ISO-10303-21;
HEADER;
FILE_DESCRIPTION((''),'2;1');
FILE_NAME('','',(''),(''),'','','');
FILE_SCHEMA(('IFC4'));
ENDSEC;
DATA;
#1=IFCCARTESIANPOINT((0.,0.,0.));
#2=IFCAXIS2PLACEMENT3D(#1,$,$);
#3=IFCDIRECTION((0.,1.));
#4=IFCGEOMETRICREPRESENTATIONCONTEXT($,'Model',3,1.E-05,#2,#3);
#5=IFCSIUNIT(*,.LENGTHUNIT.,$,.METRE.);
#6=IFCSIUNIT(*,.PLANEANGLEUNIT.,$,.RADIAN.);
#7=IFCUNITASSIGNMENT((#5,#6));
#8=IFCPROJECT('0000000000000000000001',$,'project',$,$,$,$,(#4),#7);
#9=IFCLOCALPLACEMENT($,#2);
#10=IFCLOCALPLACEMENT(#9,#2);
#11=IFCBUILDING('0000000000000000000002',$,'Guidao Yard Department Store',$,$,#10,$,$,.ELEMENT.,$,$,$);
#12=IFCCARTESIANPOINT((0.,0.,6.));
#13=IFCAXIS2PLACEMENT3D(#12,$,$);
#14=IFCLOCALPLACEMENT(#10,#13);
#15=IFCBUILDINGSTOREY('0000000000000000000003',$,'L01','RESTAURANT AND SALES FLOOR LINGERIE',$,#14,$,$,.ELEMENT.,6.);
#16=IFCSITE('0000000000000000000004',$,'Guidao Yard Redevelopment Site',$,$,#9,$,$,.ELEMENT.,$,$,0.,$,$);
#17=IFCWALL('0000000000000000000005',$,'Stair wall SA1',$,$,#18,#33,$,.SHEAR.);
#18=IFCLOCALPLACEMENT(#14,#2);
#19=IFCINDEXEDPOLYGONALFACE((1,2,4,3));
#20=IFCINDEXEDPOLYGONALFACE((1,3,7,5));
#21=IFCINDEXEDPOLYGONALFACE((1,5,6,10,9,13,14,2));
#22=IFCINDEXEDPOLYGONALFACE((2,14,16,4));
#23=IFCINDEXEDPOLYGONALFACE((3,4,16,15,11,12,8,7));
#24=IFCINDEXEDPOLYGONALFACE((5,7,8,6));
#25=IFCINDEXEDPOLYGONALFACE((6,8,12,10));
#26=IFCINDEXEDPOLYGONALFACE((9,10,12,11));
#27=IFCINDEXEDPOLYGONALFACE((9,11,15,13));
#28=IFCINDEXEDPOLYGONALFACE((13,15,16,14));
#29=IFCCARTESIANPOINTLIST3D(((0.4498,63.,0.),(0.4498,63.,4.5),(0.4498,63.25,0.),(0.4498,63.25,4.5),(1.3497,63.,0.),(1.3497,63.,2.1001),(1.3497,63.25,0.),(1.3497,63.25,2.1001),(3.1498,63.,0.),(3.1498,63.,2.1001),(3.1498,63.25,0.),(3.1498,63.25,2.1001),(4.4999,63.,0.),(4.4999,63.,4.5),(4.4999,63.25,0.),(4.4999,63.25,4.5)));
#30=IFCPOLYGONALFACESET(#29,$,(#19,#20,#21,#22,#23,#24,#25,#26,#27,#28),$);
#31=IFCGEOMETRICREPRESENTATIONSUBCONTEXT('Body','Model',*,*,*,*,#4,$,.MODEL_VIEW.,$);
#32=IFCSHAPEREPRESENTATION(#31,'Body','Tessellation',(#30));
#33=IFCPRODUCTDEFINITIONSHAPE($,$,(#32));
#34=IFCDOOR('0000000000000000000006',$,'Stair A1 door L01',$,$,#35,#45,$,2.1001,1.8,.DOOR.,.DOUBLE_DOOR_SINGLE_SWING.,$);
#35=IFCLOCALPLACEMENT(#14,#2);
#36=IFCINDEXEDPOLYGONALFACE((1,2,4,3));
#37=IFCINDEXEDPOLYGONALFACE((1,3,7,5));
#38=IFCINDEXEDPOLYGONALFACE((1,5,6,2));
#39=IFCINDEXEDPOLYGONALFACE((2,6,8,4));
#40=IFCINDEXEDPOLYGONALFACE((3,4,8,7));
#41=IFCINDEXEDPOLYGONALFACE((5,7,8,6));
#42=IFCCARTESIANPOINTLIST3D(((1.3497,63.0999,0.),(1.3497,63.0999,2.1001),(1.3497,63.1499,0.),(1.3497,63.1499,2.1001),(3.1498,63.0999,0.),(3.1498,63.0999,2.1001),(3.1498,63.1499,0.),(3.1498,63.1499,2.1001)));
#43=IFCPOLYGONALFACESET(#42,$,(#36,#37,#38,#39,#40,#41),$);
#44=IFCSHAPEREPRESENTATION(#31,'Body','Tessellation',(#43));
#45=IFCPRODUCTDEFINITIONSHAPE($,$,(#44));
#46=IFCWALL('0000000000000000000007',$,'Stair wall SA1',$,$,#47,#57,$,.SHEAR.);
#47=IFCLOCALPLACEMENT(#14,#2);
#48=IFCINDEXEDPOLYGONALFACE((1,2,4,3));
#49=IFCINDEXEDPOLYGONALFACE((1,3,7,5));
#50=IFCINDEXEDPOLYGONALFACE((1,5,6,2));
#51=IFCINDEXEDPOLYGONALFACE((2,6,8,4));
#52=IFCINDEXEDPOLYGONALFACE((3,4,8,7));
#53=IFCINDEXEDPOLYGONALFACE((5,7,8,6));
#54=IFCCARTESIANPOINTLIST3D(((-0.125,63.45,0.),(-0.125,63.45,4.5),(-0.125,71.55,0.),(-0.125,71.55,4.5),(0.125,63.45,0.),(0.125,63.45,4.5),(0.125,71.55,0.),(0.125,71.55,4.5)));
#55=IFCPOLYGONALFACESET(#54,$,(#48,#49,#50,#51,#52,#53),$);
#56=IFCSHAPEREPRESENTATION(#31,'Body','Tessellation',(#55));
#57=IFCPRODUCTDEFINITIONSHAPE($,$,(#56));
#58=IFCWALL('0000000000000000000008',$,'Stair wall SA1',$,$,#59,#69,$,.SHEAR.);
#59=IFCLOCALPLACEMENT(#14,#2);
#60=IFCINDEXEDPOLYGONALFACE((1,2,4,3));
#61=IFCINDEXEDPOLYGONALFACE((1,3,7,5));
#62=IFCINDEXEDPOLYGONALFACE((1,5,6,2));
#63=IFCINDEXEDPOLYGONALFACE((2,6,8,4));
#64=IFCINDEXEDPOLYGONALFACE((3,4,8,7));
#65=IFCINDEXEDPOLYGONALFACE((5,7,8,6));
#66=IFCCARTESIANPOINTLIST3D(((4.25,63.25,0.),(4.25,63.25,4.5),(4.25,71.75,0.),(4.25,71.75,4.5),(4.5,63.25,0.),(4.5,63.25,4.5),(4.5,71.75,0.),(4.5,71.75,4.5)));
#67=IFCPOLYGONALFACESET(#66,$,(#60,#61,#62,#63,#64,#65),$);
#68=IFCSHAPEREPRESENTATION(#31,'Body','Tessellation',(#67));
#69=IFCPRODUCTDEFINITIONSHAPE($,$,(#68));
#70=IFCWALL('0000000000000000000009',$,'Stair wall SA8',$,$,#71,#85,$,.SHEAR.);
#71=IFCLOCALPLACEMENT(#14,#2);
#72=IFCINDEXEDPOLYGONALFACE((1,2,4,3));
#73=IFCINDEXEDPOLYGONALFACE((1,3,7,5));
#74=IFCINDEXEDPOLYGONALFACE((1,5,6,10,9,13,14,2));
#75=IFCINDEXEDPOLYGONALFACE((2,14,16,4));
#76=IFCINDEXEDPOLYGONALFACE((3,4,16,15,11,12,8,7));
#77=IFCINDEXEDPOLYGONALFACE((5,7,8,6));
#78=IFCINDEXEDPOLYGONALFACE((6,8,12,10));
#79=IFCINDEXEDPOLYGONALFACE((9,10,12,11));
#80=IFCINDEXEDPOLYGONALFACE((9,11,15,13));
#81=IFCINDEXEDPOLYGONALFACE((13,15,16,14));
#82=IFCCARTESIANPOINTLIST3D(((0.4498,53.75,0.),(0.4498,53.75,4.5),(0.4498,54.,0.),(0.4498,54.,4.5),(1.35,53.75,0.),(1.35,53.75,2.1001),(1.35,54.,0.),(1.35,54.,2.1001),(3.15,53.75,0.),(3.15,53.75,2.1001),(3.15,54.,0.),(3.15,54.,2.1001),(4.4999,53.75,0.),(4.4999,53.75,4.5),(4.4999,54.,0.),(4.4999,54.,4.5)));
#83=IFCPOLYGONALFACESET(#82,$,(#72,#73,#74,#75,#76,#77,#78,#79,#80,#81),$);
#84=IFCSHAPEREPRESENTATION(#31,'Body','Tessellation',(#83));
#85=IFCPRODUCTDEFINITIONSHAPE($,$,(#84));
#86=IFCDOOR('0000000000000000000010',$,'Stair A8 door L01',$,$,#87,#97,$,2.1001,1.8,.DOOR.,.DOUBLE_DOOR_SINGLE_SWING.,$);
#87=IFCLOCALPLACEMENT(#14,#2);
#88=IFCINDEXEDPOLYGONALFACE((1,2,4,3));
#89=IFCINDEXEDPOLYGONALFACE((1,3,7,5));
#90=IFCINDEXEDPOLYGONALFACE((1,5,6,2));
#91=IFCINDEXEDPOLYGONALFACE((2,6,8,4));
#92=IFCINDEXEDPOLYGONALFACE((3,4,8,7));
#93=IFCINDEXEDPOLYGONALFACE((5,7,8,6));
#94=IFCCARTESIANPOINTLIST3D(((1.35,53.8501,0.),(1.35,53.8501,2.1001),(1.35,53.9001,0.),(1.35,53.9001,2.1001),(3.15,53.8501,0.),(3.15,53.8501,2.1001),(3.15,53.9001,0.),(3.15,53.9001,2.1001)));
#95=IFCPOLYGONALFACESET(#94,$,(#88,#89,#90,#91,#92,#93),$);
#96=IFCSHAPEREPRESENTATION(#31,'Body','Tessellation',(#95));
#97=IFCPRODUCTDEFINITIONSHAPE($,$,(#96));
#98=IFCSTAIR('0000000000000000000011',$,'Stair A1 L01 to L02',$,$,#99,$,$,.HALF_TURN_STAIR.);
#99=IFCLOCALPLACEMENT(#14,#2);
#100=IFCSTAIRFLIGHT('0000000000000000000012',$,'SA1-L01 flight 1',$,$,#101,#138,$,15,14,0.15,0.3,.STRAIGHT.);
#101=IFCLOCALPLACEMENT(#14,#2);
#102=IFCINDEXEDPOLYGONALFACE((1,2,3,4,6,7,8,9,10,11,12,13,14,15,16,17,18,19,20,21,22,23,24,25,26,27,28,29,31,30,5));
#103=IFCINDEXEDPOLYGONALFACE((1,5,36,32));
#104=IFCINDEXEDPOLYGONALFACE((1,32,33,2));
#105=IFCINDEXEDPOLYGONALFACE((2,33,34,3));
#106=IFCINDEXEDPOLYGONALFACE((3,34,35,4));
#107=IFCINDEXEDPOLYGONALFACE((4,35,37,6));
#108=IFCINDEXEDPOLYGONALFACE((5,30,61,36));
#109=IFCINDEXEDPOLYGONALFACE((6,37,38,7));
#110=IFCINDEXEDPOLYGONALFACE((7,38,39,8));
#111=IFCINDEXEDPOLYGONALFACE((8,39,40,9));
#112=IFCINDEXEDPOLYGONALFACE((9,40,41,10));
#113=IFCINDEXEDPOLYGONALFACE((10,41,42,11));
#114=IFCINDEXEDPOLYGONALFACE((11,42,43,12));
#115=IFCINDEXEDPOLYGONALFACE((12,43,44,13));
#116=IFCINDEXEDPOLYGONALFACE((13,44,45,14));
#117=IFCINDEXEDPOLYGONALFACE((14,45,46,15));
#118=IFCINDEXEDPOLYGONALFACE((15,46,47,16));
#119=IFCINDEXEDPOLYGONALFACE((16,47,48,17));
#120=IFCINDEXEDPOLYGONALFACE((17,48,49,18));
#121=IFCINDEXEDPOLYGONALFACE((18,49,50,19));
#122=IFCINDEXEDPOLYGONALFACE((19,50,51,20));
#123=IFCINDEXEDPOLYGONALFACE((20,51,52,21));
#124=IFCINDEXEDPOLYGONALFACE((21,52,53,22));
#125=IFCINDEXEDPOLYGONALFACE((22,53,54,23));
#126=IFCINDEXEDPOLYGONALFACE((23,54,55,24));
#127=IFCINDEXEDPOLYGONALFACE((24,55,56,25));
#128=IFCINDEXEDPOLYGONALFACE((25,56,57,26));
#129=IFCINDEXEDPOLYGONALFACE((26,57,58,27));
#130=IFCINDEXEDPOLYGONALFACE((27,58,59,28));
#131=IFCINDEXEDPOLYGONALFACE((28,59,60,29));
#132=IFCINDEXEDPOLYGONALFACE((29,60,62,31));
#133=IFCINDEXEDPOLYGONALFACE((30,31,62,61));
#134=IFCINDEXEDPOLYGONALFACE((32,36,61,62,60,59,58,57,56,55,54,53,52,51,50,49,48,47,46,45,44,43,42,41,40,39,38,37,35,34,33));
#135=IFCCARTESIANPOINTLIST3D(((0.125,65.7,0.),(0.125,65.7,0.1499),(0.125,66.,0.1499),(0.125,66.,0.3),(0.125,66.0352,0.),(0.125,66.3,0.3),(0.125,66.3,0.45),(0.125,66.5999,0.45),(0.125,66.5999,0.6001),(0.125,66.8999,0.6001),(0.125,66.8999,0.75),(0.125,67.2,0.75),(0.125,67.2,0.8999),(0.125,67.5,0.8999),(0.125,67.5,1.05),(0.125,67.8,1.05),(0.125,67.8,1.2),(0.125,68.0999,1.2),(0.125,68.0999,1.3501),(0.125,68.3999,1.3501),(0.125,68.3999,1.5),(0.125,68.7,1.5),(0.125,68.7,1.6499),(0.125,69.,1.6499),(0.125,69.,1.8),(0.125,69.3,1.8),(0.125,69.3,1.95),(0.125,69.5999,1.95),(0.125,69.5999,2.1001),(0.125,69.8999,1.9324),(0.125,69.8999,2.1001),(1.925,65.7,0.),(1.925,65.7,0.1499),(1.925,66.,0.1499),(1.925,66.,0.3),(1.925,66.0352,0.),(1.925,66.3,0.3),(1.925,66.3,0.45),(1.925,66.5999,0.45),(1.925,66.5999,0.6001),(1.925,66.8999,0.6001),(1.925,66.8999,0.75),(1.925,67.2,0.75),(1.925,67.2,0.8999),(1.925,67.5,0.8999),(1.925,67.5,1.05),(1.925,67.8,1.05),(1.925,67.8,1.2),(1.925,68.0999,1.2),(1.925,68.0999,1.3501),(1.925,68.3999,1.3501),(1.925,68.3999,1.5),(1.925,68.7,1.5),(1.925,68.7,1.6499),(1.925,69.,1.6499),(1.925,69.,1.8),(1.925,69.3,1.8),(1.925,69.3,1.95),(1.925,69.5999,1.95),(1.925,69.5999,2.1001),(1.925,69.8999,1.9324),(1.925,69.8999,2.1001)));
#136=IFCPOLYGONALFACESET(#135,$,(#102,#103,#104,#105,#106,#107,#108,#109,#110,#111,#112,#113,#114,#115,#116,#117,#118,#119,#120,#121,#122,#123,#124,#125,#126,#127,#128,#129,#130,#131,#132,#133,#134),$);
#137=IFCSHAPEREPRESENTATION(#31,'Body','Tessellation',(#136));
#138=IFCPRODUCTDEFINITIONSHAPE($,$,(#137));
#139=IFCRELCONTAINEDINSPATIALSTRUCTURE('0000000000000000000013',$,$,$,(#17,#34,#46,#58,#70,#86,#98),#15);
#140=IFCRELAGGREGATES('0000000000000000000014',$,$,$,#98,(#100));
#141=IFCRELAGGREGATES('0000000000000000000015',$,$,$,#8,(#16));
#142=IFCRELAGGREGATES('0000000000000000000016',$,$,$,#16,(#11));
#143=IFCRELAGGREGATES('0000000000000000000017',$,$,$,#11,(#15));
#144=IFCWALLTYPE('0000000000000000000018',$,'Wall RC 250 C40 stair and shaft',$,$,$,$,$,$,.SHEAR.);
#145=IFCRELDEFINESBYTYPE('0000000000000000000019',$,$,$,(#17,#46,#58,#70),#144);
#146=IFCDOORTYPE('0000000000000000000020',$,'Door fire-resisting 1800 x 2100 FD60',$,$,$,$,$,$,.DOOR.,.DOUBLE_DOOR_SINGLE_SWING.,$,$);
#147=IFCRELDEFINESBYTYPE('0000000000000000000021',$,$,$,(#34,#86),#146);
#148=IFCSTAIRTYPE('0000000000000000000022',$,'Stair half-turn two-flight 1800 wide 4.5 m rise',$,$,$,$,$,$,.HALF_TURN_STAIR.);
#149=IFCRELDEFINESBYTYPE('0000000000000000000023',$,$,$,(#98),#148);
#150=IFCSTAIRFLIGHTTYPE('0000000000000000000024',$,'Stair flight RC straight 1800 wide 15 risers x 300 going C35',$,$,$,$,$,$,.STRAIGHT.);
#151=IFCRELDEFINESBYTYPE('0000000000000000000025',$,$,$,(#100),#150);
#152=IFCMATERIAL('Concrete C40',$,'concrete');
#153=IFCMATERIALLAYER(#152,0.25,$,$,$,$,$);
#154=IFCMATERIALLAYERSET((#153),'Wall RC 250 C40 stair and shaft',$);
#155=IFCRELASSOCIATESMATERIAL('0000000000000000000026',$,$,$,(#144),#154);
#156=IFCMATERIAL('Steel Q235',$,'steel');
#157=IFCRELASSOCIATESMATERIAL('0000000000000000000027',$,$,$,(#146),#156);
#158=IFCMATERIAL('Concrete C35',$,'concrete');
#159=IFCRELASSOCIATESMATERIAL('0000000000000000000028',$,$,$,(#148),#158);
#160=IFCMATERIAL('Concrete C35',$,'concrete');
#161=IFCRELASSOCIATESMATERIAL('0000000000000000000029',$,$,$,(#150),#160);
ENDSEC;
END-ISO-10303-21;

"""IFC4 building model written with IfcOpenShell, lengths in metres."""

from ifc_helpers import new_model, si_unit, direction, frame, frame_2d, origin, place, context, subcontext, project, spatial, polyline, rectangle, outline, extrude, material, layer, layer_set, type_object, element, fill, aggregate, save


model = new_model("IFC4")

# Units and contexts
model_context = context("Model", 3, precision=1e-05, world=origin(), true_north=direction((0.0, 1.0)))
body_context = subcontext(model_context, "Body", "Model", "MODEL_VIEW")
ifc_project = project(units=[si_unit("LENGTHUNIT", "METRE"), si_unit("PLANEANGLEUNIT", "RADIAN")], contexts=[model_context])

# Site, building, storey
site_placement = place(None, origin())
site = spatial("IfcSite", under=ifc_project, at=site_placement, Name="Guidao Yard Redevelopment Site", CompositionType="ELEMENT", RefElevation=0.0)
building_placement = place(site_placement, origin())
building = spatial("IfcBuilding", under=site, at=building_placement, Name="Guidao Yard Department Store", CompositionType="ELEMENT")
storey_placement = place(building_placement, frame((0.0, 0.0, 6.0)))
storey = spatial("IfcBuildingStorey", under=building, at=storey_placement, Name="L01", Description="RESTAURANT AND SALES FLOOR LINGERIE", CompositionType="ELEMENT", Elevation=6.0)

# Wall, opening, door
ifc_material_1 = material(Name="Concrete C40", Category="concrete")
ifc_layer_1 = layer(ifc_material_1, 0.25)
ifc_layer_set_1 = layer_set([ifc_layer_1], Name="Wall RC 250 C40 stair and shaft")
wall_type_1 = type_object("IfcWallType", Name="Wall RC 250 C40 stair and shaft", PredefinedType="SHEAR", material=ifc_layer_set_1)
wall_1_placement = place(storey_placement, frame((0.45, 63.125, 0.0), z_axis=(0.0, 0.0, 1.0), x_axis=(1.0, 0.0, 0.0)))
wall_1 = element("IfcWall", 1, at=wall_1_placement, inside=storey, type_object=wall_type_1, Name="Stair wall SA1", PredefinedType="SHEAR", context=body_context, shape_type="SweptSolid", body=[
    extrude(rectangle(XDim=4.05, YDim=0.25, at=frame_2d((2.0249, 0.0))), origin(), (0.0, 0.0, 1.0), 4.5),
])
opening_1_placement = place(wall_1_placement, frame((0.8999, 0.0, 0.0)))
opening_1 = element("IfcOpeningElement", 2, at=opening_1_placement, cuts=wall_1, PredefinedType="OPENING", context=body_context, shape_type="SweptSolid", body=[
    extrude(rectangle(XDim=1.8, YDim=2.1001, at=frame_2d((0.8999, 1.05))), frame((0.0, 0.135, 0.0), z_axis=(0.0, -1.0, 0.0), x_axis=(1.0, 0.0, 0.0)), (0.0, 0.0, 1.0), 0.27),
])
ifc_material_2 = material(Name="Steel Q235", Category="steel")
door_type = type_object("IfcDoorType", Name="Door fire-resisting 1800 x 2100 FD60", OperationType="DOUBLE_DOOR_SINGLE_SWING", PredefinedType="DOOR", material=ifc_material_2)
door_1_placement = place(opening_1_placement, origin())
door_1 = element("IfcDoor", 3, at=door_1_placement, inside=storey, type_object=door_type, Name="Stair A1 door L01", OperationType="DOUBLE_DOOR_SINGLE_SWING", OverallHeight=2.1001, OverallWidth=1.8, PredefinedType="DOOR", context=body_context, shape_type="SweptSolid", body=[
    extrude(rectangle(XDim=1.8, YDim=2.1001, at=frame_2d((0.8999, 1.05))), frame((0.0, 0.0249, 0.0), z_axis=(0.0, -1.0, 0.0), x_axis=(1.0, 0.0, 0.0)), (0.0, 0.0, 1.0), 0.05),
])
fill(opening_1, door_1)

# Walls
wall_2_placement = place(storey_placement, frame((0.0, 63.45, 0.0), z_axis=(0.0, 0.0, 1.0), x_axis=(0.0, 1.0, 0.0)))
element("IfcWall", 4, at=wall_2_placement, inside=storey, type_object=wall_type_1, Name="Stair wall SA1", PredefinedType="SHEAR", context=body_context, shape_type="SweptSolid", body=[
    extrude(rectangle(XDim=8.1001, YDim=0.25, at=frame_2d((4.05, 0.0))), origin(), (0.0, 0.0, 1.0), 4.5),
])
wall_3_placement = place(storey_placement, frame((4.375, 63.25, 0.0), z_axis=(0.0, 0.0, 1.0), x_axis=(0.0, 1.0, 0.0)))
element("IfcWall", 5, at=wall_3_placement, inside=storey, type_object=wall_type_1, Name="Stair wall SA1", PredefinedType="SHEAR", context=body_context, shape_type="SweptSolid", body=[
    extrude(rectangle(XDim=8.5, YDim=0.25, at=frame_2d((4.25, 0.0))), origin(), (0.0, 0.0, 1.0), 4.5),
])

# Wall, opening, door
wall_4_placement = place(storey_placement, frame((0.45, 53.875, 0.0), z_axis=(0.0, 0.0, 1.0), x_axis=(1.0, 0.0, 0.0)))
wall_4 = element("IfcWall", 6, at=wall_4_placement, inside=storey, type_object=wall_type_1, Name="Stair wall SA8", PredefinedType="SHEAR", context=body_context, shape_type="SweptSolid", body=[
    extrude(rectangle(XDim=4.05, YDim=0.25, at=frame_2d((2.0249, 0.0))), origin(), (0.0, 0.0, 1.0), 4.5),
])
opening_2_placement = place(wall_4_placement, frame((2.7, 0.0, 0.0), z_axis=(0.0, 0.0, 1.0), x_axis=(-1.0, 0.0, 0.0)))
opening_2 = element("IfcOpeningElement", 7, at=opening_2_placement, cuts=wall_4, PredefinedType="OPENING", context=body_context, shape_type="SweptSolid", body=[
    extrude(rectangle(XDim=1.8, YDim=2.1001, at=frame_2d((0.8999, 1.05))), frame((0.0, 0.135, 0.0), z_axis=(0.0, -1.0, 0.0), x_axis=(1.0, 0.0, 0.0)), (0.0, 0.0, 1.0), 0.27),
])
door_2_placement = place(opening_2_placement, origin())
door_2 = element("IfcDoor", 8, at=door_2_placement, inside=storey, type_object=door_type, Name="Stair A8 door L01", OperationType="DOUBLE_DOOR_SINGLE_SWING", OverallHeight=2.1001, OverallWidth=1.8, PredefinedType="DOOR", context=body_context, shape_type="SweptSolid", body=[
    extrude(rectangle(XDim=1.8, YDim=2.1001, at=frame_2d((0.8999, 1.05))), frame((0.0, 0.0249, 0.0), z_axis=(0.0, -1.0, 0.0), x_axis=(1.0, 0.0, 0.0)), (0.0, 0.0, 1.0), 0.05),
])
fill(opening_2, door_2)

# Stair, stair flight
ifc_material_3 = material(Name="Concrete C35", Category="concrete")
stair_type = type_object("IfcStairType", Name="Stair half-turn two-flight 1800 wide 4.5 m rise", PredefinedType="HALF_TURN_STAIR", material=ifc_material_3)
stair_placement = place(storey_placement, origin())
stair = element("IfcStair", 9, at=stair_placement, inside=storey, type_object=stair_type, Name="Stair A1 L01 to L02", PredefinedType="HALF_TURN_STAIR")
ifc_material_4 = material(Name="Concrete C35", Category="concrete")
stair_flight_type = type_object("IfcStairFlightType", Name="Stair flight RC straight 1800 wide 15 risers x 300 going C35", PredefinedType="STRAIGHT", material=ifc_material_4)
stair_flight_placement = place(storey_placement, frame((1.0249, 65.7, 0.0), z_axis=(0.0, 0.0, 1.0), x_axis=(0.0, 1.0, 0.0)))
stair_flight = element("IfcStairFlight", 10, at=stair_flight_placement, type_object=stair_flight_type, Name="SA1-L01 flight 1", NumberOfRisers=15, NumberOfTreads=14, PredefinedType="STRAIGHT", RiserHeight=0.15, TreadLength=0.3, context=body_context, shape_type="SweptSolid", body=[
    extrude(outline(polyline([(0.0, 0.0), (0.0, 0.1499), (0.3, 0.1499), (0.3, 0.3), (0.6001, 0.3), (0.6001, 0.45), (0.8999, 0.45), (0.8999, 0.6001), (1.2, 0.6001), (1.2, 0.75), (1.5, 0.75), (1.5, 0.8999), (1.8, 0.8999), (1.8, 1.05), (2.1001, 1.05), (2.1001, 1.2), (2.3999, 1.2), (2.3999, 1.3501), (2.7, 1.3501), (2.7, 1.5), (3.0, 1.5), (3.0, 1.6499), (3.3, 1.6499), (3.3, 1.8), (3.6001, 1.8), (3.6001, 1.95), (3.8999, 1.95), (3.8999, 2.1001), (4.2, 2.1001), (4.2, 2.25), (4.2, 1.9324), (0.3352, 0.0), (0.0, 0.0)])), frame((0.0, 0.8999, 0.0), z_axis=(0.0, -1.0, 0.0), x_axis=(1.0, 0.0, 0.0)), (0.0, 0.0, 1.0), 1.8),
])
aggregate(stair, [stair_flight])

save(model, "model.ifc")
